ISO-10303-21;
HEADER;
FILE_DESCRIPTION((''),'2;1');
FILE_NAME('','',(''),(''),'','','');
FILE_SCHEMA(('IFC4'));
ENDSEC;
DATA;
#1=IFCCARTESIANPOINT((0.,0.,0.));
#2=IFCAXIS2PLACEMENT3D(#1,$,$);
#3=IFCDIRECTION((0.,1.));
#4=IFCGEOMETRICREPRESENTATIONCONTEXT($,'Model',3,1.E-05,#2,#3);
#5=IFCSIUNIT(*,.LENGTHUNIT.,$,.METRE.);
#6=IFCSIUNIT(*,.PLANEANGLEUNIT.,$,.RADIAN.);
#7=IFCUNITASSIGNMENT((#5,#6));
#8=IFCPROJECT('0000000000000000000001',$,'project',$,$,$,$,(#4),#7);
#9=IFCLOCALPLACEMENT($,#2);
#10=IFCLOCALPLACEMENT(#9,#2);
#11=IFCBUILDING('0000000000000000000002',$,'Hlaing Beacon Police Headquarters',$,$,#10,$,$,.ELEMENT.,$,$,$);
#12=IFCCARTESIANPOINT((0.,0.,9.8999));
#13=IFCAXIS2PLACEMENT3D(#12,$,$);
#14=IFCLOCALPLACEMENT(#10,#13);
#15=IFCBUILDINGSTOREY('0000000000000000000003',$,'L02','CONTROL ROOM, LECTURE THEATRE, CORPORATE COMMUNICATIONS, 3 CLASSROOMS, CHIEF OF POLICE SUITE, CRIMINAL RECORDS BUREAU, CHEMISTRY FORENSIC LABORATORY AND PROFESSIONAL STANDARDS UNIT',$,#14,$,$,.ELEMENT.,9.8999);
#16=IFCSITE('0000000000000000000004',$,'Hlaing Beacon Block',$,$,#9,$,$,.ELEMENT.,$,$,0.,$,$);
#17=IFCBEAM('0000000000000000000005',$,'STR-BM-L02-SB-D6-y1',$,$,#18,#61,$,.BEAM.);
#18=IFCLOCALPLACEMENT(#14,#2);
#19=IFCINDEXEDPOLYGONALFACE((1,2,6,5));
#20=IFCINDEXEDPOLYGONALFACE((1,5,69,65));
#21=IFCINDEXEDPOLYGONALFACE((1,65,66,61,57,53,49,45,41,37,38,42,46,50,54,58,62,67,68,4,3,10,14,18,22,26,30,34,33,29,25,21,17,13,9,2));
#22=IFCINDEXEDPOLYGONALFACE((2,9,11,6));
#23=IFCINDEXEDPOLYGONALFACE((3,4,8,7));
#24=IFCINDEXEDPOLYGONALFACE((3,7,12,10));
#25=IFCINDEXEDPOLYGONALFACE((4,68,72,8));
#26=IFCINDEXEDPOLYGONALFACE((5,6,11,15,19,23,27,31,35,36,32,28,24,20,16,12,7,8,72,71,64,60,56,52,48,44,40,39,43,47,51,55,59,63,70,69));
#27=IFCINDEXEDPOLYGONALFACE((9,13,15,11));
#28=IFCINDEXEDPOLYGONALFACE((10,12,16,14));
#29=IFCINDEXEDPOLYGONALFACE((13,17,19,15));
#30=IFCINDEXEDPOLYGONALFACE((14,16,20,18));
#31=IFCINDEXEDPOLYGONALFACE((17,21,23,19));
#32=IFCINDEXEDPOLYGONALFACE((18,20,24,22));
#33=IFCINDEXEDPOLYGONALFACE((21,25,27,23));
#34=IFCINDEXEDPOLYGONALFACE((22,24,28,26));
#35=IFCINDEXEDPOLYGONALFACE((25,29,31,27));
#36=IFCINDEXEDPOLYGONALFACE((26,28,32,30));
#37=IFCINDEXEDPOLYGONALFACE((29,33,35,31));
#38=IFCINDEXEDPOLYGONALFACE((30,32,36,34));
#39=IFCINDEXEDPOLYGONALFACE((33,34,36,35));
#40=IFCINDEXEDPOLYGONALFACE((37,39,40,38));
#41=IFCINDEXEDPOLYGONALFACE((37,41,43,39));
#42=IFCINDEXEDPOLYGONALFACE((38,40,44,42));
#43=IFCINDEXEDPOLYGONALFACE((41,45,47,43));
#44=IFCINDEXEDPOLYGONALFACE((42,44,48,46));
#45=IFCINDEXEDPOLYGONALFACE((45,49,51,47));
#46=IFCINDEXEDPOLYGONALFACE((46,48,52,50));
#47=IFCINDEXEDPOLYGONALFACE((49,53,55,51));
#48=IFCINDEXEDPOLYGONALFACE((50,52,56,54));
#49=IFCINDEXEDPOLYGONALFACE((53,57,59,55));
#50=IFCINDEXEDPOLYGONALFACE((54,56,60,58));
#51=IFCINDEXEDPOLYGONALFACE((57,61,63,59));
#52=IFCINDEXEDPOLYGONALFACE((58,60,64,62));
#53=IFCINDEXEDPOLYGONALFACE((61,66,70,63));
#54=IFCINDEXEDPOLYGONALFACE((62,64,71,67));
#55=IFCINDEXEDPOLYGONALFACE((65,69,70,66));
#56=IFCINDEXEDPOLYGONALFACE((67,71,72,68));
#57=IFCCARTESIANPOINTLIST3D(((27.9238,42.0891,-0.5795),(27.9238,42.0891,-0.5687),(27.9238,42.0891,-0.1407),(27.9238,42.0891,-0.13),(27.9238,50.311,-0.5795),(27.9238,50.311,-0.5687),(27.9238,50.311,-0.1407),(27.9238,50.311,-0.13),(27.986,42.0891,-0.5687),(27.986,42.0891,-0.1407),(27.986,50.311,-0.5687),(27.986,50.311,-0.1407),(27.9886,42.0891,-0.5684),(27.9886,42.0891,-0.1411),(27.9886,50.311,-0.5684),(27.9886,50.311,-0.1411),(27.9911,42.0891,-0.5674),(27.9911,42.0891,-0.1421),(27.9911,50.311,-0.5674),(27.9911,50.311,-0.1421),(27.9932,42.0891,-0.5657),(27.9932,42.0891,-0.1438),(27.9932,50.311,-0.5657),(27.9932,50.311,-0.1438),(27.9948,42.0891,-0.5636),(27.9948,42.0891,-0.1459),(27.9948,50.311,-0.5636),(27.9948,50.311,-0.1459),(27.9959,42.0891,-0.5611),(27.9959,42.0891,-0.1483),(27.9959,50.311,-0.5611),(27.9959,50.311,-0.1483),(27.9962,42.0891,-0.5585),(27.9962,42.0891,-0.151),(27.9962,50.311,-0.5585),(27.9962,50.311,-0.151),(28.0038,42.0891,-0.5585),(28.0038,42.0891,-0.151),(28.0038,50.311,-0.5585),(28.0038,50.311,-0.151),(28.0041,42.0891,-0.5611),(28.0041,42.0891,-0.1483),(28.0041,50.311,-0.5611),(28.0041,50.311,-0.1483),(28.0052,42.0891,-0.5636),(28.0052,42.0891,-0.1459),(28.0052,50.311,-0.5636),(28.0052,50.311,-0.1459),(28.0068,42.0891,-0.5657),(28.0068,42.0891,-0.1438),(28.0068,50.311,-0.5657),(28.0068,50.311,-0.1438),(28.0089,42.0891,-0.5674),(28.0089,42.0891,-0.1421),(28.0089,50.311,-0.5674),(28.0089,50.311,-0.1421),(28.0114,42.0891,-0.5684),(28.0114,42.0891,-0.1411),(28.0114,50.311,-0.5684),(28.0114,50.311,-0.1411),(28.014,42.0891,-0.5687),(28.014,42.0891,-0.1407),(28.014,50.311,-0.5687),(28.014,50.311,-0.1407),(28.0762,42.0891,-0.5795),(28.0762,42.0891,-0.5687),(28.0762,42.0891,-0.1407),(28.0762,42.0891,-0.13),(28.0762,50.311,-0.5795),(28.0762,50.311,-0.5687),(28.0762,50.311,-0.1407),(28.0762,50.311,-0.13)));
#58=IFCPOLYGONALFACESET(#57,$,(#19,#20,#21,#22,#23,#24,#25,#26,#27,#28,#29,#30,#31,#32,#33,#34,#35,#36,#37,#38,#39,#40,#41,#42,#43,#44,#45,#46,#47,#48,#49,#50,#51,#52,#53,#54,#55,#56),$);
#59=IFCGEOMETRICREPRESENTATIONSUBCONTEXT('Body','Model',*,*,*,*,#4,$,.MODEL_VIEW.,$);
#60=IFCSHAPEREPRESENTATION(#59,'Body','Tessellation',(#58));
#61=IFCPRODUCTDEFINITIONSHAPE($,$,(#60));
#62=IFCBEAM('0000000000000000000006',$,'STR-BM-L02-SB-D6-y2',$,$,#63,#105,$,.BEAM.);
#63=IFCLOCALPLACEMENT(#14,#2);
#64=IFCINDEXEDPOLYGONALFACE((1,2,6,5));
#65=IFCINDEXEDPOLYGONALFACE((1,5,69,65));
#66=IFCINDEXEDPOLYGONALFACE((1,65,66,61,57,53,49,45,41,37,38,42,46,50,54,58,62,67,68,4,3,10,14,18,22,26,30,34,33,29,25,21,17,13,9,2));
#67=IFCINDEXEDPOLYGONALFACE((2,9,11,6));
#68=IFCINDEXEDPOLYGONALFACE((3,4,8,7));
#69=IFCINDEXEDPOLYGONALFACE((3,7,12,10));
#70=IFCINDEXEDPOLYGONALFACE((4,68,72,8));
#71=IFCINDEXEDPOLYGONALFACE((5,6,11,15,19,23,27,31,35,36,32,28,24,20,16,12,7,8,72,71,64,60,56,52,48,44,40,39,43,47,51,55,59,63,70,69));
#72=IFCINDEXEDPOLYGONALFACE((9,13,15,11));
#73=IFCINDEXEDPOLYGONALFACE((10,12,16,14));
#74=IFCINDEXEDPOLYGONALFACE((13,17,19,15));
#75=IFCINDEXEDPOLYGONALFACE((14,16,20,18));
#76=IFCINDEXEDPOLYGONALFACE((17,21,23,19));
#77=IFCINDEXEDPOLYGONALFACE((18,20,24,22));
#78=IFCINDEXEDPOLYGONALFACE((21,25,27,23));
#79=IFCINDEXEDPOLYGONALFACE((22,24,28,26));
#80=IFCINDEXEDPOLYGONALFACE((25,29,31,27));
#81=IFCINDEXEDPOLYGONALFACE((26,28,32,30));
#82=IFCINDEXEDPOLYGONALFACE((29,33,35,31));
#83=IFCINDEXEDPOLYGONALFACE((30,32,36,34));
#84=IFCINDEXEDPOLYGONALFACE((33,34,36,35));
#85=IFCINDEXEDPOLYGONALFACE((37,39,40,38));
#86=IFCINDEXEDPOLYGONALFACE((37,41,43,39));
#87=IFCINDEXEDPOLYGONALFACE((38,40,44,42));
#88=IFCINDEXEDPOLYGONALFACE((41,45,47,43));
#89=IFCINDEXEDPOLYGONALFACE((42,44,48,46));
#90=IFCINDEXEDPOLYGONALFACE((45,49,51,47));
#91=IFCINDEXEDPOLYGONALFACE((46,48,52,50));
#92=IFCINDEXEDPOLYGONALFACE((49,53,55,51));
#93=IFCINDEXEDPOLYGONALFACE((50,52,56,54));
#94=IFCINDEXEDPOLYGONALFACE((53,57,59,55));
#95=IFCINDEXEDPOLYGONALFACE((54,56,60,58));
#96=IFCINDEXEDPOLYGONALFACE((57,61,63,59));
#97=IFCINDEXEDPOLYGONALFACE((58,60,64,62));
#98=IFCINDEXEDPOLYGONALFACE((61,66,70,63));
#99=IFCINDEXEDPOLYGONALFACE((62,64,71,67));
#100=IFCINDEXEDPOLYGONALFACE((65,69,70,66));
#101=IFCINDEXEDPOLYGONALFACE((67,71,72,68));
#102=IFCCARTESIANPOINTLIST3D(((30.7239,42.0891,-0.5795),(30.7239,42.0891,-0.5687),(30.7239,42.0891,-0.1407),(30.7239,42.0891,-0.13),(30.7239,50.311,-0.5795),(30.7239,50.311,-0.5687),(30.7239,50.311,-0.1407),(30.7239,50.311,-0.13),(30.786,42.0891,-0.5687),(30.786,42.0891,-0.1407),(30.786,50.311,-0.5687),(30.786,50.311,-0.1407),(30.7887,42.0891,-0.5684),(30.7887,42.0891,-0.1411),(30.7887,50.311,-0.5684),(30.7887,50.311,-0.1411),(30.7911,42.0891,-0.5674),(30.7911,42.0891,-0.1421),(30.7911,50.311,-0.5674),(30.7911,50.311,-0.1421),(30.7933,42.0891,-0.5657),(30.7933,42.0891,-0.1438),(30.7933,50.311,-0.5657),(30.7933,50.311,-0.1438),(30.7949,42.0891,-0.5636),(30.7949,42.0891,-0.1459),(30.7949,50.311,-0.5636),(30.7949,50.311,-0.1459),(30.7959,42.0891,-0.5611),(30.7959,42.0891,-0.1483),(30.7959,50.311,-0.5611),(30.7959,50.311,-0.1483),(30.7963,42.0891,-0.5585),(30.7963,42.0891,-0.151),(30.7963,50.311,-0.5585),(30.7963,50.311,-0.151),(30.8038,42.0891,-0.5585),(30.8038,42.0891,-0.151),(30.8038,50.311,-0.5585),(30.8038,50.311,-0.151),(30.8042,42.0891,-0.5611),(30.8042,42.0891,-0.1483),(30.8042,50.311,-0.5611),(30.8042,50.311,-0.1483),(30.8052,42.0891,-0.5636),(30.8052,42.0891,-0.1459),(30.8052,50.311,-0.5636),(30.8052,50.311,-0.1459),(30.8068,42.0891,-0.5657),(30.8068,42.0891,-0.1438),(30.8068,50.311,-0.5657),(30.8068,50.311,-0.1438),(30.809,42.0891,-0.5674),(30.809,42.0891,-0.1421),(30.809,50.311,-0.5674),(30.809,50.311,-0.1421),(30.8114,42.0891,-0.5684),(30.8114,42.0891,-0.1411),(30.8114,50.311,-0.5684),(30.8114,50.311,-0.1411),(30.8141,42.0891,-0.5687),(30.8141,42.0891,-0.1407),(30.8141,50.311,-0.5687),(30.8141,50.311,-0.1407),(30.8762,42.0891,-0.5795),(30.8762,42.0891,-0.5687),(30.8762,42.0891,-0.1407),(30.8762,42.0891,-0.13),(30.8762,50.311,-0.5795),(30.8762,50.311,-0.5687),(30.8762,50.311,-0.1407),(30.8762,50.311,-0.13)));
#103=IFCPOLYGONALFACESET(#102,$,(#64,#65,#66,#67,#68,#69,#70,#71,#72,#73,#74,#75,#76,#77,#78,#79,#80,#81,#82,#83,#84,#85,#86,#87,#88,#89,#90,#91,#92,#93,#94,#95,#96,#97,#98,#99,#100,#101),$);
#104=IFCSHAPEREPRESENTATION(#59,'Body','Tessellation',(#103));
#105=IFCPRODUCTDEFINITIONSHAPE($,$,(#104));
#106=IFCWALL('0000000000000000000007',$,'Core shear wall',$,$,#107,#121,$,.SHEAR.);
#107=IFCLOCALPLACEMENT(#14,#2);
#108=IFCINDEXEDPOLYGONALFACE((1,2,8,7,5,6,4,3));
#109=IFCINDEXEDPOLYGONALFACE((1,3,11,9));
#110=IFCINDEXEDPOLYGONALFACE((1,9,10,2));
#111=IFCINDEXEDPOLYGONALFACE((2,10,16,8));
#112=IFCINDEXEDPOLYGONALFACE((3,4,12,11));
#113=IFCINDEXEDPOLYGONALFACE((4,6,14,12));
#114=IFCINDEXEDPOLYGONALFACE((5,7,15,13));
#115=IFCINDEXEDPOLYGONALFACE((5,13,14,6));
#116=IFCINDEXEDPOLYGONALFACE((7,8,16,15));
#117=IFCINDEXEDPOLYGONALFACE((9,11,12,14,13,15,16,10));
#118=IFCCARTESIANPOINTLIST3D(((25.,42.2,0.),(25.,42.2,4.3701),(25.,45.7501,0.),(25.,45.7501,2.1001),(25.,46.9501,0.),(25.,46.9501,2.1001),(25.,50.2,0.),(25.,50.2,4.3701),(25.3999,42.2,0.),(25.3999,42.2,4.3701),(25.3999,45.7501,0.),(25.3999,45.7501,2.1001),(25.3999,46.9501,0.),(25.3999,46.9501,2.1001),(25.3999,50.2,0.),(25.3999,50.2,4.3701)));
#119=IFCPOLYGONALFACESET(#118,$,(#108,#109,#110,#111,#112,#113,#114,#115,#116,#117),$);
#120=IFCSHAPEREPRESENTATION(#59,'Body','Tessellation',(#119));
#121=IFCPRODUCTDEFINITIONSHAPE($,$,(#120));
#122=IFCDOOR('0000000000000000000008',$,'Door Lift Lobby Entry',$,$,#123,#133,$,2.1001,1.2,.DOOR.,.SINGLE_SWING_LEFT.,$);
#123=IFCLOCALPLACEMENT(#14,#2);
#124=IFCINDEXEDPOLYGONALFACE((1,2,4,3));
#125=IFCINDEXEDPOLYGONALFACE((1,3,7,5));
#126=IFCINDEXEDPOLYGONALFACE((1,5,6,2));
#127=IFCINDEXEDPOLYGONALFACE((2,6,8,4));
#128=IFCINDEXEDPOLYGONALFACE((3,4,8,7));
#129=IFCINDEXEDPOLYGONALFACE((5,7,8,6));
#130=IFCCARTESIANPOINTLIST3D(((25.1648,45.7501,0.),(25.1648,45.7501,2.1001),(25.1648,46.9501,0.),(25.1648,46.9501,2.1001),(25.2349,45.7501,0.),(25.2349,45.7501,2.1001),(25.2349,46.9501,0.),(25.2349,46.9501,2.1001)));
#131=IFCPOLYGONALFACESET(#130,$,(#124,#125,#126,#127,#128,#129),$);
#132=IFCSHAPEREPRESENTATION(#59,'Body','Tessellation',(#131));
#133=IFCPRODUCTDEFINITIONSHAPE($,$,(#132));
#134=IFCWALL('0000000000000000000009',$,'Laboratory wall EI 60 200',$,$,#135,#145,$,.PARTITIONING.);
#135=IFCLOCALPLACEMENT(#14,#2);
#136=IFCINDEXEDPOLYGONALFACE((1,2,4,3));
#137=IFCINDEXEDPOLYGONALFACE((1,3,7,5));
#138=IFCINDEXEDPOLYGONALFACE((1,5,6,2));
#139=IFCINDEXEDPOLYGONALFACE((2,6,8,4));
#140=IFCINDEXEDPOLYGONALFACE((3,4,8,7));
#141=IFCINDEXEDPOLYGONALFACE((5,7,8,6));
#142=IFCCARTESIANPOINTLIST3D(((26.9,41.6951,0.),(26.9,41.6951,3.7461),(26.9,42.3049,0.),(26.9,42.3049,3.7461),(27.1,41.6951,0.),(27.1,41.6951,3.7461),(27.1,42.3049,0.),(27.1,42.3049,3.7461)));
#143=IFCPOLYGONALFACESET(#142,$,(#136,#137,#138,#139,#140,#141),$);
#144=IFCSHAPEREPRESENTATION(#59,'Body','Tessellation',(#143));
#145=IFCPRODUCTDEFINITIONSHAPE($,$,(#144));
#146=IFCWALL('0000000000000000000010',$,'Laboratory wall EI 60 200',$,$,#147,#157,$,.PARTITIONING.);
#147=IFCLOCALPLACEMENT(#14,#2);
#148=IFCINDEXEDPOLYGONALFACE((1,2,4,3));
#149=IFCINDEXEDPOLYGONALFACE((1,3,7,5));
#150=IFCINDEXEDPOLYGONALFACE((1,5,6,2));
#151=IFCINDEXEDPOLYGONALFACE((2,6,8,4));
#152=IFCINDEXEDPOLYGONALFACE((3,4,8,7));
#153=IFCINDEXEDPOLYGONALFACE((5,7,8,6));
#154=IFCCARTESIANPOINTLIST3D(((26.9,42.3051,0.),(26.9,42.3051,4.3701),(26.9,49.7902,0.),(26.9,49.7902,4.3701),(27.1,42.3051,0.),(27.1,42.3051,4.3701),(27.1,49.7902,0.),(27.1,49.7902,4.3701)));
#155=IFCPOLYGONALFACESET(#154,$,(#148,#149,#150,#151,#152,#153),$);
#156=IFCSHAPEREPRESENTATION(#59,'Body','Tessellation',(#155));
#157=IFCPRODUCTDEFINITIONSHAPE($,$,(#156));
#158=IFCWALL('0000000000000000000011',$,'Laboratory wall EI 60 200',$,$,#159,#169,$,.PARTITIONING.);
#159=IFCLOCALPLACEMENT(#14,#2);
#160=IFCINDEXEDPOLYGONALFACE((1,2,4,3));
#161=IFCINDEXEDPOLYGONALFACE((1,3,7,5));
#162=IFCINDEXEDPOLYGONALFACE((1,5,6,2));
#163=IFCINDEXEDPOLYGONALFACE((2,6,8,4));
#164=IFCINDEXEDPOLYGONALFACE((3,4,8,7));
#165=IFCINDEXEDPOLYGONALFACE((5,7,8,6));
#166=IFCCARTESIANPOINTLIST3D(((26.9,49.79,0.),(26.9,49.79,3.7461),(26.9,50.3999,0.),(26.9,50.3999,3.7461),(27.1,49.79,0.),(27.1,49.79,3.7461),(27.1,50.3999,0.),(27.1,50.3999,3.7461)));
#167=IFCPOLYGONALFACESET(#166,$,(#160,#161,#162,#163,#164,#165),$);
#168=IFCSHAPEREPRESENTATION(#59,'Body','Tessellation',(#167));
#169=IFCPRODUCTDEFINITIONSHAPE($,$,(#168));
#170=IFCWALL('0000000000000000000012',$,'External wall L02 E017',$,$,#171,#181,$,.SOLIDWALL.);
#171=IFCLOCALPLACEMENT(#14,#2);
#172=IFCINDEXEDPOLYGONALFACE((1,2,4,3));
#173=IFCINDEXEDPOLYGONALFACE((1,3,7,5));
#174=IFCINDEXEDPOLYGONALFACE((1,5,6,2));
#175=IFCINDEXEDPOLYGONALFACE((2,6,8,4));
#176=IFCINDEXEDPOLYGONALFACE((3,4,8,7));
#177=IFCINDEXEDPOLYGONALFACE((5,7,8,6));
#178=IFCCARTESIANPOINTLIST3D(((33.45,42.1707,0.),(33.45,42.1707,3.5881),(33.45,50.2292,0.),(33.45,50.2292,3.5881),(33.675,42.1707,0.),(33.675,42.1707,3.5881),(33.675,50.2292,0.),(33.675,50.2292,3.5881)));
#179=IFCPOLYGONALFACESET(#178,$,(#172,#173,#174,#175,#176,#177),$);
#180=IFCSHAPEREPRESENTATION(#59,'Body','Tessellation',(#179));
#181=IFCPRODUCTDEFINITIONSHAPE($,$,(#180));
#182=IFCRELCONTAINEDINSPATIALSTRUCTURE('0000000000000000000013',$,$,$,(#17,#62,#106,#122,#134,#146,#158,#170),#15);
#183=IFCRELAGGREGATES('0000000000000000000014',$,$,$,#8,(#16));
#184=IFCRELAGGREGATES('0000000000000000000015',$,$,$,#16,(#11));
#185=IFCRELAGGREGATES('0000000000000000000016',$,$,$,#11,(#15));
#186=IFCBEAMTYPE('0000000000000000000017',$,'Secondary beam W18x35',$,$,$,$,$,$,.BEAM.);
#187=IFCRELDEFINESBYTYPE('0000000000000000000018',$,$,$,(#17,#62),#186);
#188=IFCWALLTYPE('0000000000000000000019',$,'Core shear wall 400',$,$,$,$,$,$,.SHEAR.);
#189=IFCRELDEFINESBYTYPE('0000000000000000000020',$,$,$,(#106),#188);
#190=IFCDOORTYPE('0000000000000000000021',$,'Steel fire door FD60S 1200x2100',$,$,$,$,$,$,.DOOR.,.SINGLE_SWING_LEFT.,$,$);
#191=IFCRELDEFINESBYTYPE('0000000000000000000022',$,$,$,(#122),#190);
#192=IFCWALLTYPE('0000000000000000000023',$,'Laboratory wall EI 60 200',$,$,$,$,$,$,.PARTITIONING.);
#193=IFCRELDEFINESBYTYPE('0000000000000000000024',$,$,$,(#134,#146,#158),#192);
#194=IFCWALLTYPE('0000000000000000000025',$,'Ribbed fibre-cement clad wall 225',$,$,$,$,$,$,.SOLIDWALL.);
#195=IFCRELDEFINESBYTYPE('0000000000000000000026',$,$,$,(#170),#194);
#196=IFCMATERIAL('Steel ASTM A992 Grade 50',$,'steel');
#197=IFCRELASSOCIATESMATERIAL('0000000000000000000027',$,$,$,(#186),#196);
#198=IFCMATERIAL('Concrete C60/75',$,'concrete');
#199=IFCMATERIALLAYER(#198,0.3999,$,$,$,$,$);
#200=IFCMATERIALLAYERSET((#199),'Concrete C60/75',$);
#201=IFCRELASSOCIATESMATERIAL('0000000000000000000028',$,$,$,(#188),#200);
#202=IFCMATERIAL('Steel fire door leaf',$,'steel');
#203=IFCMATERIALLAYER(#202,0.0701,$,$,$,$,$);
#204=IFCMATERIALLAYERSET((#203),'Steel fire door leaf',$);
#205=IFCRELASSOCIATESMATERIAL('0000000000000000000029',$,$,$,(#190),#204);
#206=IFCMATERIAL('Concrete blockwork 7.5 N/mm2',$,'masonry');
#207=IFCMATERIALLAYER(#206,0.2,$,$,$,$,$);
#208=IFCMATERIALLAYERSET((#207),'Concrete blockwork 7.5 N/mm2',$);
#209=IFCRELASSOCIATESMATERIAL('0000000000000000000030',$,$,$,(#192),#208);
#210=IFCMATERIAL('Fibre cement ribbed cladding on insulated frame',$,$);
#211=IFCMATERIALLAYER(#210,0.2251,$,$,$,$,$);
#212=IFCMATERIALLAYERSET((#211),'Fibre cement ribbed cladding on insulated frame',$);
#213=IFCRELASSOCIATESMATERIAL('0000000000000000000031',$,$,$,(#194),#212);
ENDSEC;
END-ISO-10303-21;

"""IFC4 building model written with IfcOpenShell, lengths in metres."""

from ifc_helpers import new_model, si_unit, direction, frame, frame_2d, origin, origin_2d, place, context, subcontext, project, spatial, rectangle, i_section, extrude, material, layer, layer_set, material_profile, profile_set, type_object, element, fill, save


model = new_model("IFC4")

# Units and contexts
model_context = context("Model", 3, precision=1e-05, world=origin(), true_north=direction((0.0, 1.0)))
body_context = subcontext(model_context, "Body", "Model", "MODEL_VIEW")
ifc_project = project(units=[si_unit("LENGTHUNIT", "METRE"), si_unit("PLANEANGLEUNIT", "RADIAN")], contexts=[model_context])

# Site, building, storey
site_placement = place(None, origin())
site = spatial("IfcSite", under=ifc_project, at=site_placement, Name="Hlaing Beacon Block", CompositionType="ELEMENT", RefElevation=0.0)
building_placement = place(site_placement, origin())
building = spatial("IfcBuilding", under=site, at=building_placement, Name="Hlaing Beacon Police Headquarters", CompositionType="ELEMENT")
storey_placement = place(building_placement, frame((0.0, 0.0, 9.8999)))
storey = spatial("IfcBuildingStorey", under=building, at=storey_placement, Name="L02", Description="CONTROL ROOM, LECTURE THEATRE, CORPORATE COMMUNICATIONS, 3 CLASSROOMS, CHIEF OF POLICE SUITE, CRIMINAL RECORDS BUREAU, CHEMISTRY FORENSIC LABORATORY AND PROFESSIONAL STANDARDS UNIT", CompositionType="ELEMENT", Elevation=9.8999)

# Beams
ifc_material_1 = material(Name="Steel ASTM A992 Grade 50", Category="steel")
ifc_material_profile_1 = material_profile(ifc_material_1, i_section(OverallWidth=0.1523, OverallDepth=0.4495, WebThickness=0.0076, FlangeThickness=0.0107, FilletRadius=0.0103, at=origin_2d()), Name="W18x35")
ifc_profile_set_1 = profile_set([ifc_material_profile_1], Name="Steel ASTM A992 Grade 50")
beam_type_1 = type_object("IfcBeamType", Name="Secondary beam W18x35", PredefinedType="BEAM", material=ifc_profile_set_1)
for number, where, z_axis, x_axis, name in (
    (1, (28.0, 42.0891, -0.3547), (0.0, 1.0, 0.0), (-1.0, 0.0, 0.0), "STR-BM-L02-SB-D6-y1"),
    (2, (30.8, 42.0891, -0.3547), (0.0, 1.0, 0.0), (-1.0, 0.0, 0.0), "STR-BM-L02-SB-D6-y2"),
):
    element("IfcBeam", number, at=place(storey_placement, frame(where, z_axis=z_axis, x_axis=x_axis)), inside=storey, type_object=beam_type_1, Name=name, PredefinedType="BEAM", context=body_context, shape_type="SweptSolid", body=[
        extrude(i_section(OverallWidth=0.1523, OverallDepth=0.4495, WebThickness=0.0076, FlangeThickness=0.0107, FilletRadius=0.0103, at=origin_2d()), origin(), (0.0, 0.0, 1.0), 8.2219),
    ])

# Wall, opening, door
ifc_material_2 = material(Name="Concrete C60/75", Category="concrete")
ifc_layer_1 = layer(ifc_material_2, 0.3999)
ifc_layer_set_1 = layer_set([ifc_layer_1], Name="Concrete C60/75")
wall_type_1 = type_object("IfcWallType", Name="Core shear wall 400", PredefinedType="SHEAR", material=ifc_layer_set_1)
wall_1_placement = place(storey_placement, frame((25.2, 42.2, 0.0), z_axis=(0.0, 0.0, 1.0), x_axis=(0.0, 1.0, 0.0)))
wall_1 = element("IfcWall", 3, at=wall_1_placement, inside=storey, type_object=wall_type_1, Name="Core shear wall", PredefinedType="SHEAR", context=body_context, shape_type="SweptSolid", body=[
    extrude(rectangle(XDim=8.0, YDim=0.3999, at=frame_2d((4.0, 0.0))), origin(), (0.0, 0.0, 1.0), 4.3701),
])
opening_1_placement = place(wall_1_placement, frame((3.55, 0.0, 0.0)))
opening_1 = element("IfcOpeningElement", 4, at=opening_1_placement, cuts=wall_1, PredefinedType="OPENING", context=body_context, shape_type="SweptSolid", body=[
    extrude(rectangle(XDim=1.2, YDim=2.1001, at=frame_2d((0.6001, 1.05))), frame((0.0, 0.21, 0.0), z_axis=(0.0, -1.0, 0.0), x_axis=(1.0, 0.0, 0.0)), (0.0, 0.0, 1.0), 0.4199),
])
ifc_material_3 = material(Name="Steel fire door leaf", Category="steel")
ifc_layer_2 = layer(ifc_material_3, 0.0701)
ifc_layer_set_2 = layer_set([ifc_layer_2], Name="Steel fire door leaf")
door_type_1 = type_object("IfcDoorType", Name="Steel fire door FD60S 1200x2100", OperationType="SINGLE_SWING_LEFT", PredefinedType="DOOR", material=ifc_layer_set_2)
door_1_placement = place(opening_1_placement, origin())
door_1 = element("IfcDoor", 5, at=door_1_placement, inside=storey, type_object=door_type_1, Name="Door Lift Lobby Entry", OperationType="SINGLE_SWING_LEFT", OverallHeight=2.1001, OverallWidth=1.2, PredefinedType="DOOR", context=body_context, shape_type="SweptSolid", body=[
    extrude(rectangle(XDim=1.2, YDim=2.1001, at=frame_2d((0.6001, 1.05))), frame((0.0, 0.0352, 0.0), z_axis=(0.0, -1.0, 0.0), x_axis=(1.0, 0.0, 0.0)), (0.0, 0.0, 1.0), 0.0701),
])
fill(opening_1, door_1)

# Walls
ifc_material_4 = material(Name="Concrete blockwork 7.5 N/mm2", Category="masonry")
ifc_layer_3 = layer(ifc_material_4, 0.2)
ifc_layer_set_3 = layer_set([ifc_layer_3], Name="Concrete blockwork 7.5 N/mm2")
wall_type_2 = type_object("IfcWallType", Name="Laboratory wall EI 60 200", PredefinedType="PARTITIONING", material=ifc_layer_set_3)
wall_2_placement = place(storey_placement, frame((27.0, 41.6951, 0.0), z_axis=(0.0, 0.0, 1.0), x_axis=(0.0, 1.0, 0.0)))
element("IfcWall", 6, at=wall_2_placement, inside=storey, type_object=wall_type_2, Name="Laboratory wall EI 60 200", PredefinedType="PARTITIONING", context=body_context, shape_type="SweptSolid", body=[
    extrude(rectangle(XDim=0.6099, YDim=0.2, at=frame_2d((0.3049, 0.0))), origin(), (0.0, 0.0, 1.0), 3.7461),
])
wall_3_placement = place(storey_placement, frame((27.0, 42.3049, 0.0), z_axis=(0.0, 0.0, 1.0), x_axis=(0.0, 1.0, 0.0)))
element("IfcWall", 7, at=wall_3_placement, inside=storey, type_object=wall_type_2, Name="Laboratory wall EI 60 200", PredefinedType="PARTITIONING", context=body_context, shape_type="SweptSolid", body=[
    extrude(rectangle(XDim=7.4851, YDim=0.2, at=frame_2d((3.7427, 0.0))), origin(), (0.0, 0.0, 1.0), 4.3701),
])
wall_4_placement = place(storey_placement, frame((27.0, 49.79, 0.0), z_axis=(0.0, 0.0, 1.0), x_axis=(0.0, 1.0, 0.0)))
element("IfcWall", 8, at=wall_4_placement, inside=storey, type_object=wall_type_2, Name="Laboratory wall EI 60 200", PredefinedType="PARTITIONING", context=body_context, shape_type="SweptSolid", body=[
    extrude(rectangle(XDim=0.6099, YDim=0.2, at=frame_2d((0.3049, 0.0))), origin(), (0.0, 0.0, 1.0), 3.7461),
])
ifc_material_5 = material(Name="Fibre cement ribbed cladding on insulated frame")
ifc_layer_4 = layer(ifc_material_5, 0.2251)
ifc_layer_set_4 = layer_set([ifc_layer_4], Name="Fibre cement ribbed cladding on insulated frame")
wall_type_3 = type_object("IfcWallType", Name="Ribbed fibre-cement clad wall 225", PredefinedType="SOLIDWALL", material=ifc_layer_set_4)
wall_5_placement = place(storey_placement, frame((33.5625, 42.1707, 0.0), z_axis=(0.0, 0.0, 1.0), x_axis=(0.0, 1.0, 0.0)))
element("IfcWall", 9, at=wall_5_placement, inside=storey, type_object=wall_type_3, Name="External wall L02 E017", PredefinedType="SOLIDWALL", context=body_context, shape_type="SweptSolid", body=[
    extrude(rectangle(XDim=8.0586, YDim=0.2251, at=frame_2d((4.0293, 0.0))), origin(), (0.0, 0.0, 1.0), 3.5881),
])

save(model, "model.ifc")
